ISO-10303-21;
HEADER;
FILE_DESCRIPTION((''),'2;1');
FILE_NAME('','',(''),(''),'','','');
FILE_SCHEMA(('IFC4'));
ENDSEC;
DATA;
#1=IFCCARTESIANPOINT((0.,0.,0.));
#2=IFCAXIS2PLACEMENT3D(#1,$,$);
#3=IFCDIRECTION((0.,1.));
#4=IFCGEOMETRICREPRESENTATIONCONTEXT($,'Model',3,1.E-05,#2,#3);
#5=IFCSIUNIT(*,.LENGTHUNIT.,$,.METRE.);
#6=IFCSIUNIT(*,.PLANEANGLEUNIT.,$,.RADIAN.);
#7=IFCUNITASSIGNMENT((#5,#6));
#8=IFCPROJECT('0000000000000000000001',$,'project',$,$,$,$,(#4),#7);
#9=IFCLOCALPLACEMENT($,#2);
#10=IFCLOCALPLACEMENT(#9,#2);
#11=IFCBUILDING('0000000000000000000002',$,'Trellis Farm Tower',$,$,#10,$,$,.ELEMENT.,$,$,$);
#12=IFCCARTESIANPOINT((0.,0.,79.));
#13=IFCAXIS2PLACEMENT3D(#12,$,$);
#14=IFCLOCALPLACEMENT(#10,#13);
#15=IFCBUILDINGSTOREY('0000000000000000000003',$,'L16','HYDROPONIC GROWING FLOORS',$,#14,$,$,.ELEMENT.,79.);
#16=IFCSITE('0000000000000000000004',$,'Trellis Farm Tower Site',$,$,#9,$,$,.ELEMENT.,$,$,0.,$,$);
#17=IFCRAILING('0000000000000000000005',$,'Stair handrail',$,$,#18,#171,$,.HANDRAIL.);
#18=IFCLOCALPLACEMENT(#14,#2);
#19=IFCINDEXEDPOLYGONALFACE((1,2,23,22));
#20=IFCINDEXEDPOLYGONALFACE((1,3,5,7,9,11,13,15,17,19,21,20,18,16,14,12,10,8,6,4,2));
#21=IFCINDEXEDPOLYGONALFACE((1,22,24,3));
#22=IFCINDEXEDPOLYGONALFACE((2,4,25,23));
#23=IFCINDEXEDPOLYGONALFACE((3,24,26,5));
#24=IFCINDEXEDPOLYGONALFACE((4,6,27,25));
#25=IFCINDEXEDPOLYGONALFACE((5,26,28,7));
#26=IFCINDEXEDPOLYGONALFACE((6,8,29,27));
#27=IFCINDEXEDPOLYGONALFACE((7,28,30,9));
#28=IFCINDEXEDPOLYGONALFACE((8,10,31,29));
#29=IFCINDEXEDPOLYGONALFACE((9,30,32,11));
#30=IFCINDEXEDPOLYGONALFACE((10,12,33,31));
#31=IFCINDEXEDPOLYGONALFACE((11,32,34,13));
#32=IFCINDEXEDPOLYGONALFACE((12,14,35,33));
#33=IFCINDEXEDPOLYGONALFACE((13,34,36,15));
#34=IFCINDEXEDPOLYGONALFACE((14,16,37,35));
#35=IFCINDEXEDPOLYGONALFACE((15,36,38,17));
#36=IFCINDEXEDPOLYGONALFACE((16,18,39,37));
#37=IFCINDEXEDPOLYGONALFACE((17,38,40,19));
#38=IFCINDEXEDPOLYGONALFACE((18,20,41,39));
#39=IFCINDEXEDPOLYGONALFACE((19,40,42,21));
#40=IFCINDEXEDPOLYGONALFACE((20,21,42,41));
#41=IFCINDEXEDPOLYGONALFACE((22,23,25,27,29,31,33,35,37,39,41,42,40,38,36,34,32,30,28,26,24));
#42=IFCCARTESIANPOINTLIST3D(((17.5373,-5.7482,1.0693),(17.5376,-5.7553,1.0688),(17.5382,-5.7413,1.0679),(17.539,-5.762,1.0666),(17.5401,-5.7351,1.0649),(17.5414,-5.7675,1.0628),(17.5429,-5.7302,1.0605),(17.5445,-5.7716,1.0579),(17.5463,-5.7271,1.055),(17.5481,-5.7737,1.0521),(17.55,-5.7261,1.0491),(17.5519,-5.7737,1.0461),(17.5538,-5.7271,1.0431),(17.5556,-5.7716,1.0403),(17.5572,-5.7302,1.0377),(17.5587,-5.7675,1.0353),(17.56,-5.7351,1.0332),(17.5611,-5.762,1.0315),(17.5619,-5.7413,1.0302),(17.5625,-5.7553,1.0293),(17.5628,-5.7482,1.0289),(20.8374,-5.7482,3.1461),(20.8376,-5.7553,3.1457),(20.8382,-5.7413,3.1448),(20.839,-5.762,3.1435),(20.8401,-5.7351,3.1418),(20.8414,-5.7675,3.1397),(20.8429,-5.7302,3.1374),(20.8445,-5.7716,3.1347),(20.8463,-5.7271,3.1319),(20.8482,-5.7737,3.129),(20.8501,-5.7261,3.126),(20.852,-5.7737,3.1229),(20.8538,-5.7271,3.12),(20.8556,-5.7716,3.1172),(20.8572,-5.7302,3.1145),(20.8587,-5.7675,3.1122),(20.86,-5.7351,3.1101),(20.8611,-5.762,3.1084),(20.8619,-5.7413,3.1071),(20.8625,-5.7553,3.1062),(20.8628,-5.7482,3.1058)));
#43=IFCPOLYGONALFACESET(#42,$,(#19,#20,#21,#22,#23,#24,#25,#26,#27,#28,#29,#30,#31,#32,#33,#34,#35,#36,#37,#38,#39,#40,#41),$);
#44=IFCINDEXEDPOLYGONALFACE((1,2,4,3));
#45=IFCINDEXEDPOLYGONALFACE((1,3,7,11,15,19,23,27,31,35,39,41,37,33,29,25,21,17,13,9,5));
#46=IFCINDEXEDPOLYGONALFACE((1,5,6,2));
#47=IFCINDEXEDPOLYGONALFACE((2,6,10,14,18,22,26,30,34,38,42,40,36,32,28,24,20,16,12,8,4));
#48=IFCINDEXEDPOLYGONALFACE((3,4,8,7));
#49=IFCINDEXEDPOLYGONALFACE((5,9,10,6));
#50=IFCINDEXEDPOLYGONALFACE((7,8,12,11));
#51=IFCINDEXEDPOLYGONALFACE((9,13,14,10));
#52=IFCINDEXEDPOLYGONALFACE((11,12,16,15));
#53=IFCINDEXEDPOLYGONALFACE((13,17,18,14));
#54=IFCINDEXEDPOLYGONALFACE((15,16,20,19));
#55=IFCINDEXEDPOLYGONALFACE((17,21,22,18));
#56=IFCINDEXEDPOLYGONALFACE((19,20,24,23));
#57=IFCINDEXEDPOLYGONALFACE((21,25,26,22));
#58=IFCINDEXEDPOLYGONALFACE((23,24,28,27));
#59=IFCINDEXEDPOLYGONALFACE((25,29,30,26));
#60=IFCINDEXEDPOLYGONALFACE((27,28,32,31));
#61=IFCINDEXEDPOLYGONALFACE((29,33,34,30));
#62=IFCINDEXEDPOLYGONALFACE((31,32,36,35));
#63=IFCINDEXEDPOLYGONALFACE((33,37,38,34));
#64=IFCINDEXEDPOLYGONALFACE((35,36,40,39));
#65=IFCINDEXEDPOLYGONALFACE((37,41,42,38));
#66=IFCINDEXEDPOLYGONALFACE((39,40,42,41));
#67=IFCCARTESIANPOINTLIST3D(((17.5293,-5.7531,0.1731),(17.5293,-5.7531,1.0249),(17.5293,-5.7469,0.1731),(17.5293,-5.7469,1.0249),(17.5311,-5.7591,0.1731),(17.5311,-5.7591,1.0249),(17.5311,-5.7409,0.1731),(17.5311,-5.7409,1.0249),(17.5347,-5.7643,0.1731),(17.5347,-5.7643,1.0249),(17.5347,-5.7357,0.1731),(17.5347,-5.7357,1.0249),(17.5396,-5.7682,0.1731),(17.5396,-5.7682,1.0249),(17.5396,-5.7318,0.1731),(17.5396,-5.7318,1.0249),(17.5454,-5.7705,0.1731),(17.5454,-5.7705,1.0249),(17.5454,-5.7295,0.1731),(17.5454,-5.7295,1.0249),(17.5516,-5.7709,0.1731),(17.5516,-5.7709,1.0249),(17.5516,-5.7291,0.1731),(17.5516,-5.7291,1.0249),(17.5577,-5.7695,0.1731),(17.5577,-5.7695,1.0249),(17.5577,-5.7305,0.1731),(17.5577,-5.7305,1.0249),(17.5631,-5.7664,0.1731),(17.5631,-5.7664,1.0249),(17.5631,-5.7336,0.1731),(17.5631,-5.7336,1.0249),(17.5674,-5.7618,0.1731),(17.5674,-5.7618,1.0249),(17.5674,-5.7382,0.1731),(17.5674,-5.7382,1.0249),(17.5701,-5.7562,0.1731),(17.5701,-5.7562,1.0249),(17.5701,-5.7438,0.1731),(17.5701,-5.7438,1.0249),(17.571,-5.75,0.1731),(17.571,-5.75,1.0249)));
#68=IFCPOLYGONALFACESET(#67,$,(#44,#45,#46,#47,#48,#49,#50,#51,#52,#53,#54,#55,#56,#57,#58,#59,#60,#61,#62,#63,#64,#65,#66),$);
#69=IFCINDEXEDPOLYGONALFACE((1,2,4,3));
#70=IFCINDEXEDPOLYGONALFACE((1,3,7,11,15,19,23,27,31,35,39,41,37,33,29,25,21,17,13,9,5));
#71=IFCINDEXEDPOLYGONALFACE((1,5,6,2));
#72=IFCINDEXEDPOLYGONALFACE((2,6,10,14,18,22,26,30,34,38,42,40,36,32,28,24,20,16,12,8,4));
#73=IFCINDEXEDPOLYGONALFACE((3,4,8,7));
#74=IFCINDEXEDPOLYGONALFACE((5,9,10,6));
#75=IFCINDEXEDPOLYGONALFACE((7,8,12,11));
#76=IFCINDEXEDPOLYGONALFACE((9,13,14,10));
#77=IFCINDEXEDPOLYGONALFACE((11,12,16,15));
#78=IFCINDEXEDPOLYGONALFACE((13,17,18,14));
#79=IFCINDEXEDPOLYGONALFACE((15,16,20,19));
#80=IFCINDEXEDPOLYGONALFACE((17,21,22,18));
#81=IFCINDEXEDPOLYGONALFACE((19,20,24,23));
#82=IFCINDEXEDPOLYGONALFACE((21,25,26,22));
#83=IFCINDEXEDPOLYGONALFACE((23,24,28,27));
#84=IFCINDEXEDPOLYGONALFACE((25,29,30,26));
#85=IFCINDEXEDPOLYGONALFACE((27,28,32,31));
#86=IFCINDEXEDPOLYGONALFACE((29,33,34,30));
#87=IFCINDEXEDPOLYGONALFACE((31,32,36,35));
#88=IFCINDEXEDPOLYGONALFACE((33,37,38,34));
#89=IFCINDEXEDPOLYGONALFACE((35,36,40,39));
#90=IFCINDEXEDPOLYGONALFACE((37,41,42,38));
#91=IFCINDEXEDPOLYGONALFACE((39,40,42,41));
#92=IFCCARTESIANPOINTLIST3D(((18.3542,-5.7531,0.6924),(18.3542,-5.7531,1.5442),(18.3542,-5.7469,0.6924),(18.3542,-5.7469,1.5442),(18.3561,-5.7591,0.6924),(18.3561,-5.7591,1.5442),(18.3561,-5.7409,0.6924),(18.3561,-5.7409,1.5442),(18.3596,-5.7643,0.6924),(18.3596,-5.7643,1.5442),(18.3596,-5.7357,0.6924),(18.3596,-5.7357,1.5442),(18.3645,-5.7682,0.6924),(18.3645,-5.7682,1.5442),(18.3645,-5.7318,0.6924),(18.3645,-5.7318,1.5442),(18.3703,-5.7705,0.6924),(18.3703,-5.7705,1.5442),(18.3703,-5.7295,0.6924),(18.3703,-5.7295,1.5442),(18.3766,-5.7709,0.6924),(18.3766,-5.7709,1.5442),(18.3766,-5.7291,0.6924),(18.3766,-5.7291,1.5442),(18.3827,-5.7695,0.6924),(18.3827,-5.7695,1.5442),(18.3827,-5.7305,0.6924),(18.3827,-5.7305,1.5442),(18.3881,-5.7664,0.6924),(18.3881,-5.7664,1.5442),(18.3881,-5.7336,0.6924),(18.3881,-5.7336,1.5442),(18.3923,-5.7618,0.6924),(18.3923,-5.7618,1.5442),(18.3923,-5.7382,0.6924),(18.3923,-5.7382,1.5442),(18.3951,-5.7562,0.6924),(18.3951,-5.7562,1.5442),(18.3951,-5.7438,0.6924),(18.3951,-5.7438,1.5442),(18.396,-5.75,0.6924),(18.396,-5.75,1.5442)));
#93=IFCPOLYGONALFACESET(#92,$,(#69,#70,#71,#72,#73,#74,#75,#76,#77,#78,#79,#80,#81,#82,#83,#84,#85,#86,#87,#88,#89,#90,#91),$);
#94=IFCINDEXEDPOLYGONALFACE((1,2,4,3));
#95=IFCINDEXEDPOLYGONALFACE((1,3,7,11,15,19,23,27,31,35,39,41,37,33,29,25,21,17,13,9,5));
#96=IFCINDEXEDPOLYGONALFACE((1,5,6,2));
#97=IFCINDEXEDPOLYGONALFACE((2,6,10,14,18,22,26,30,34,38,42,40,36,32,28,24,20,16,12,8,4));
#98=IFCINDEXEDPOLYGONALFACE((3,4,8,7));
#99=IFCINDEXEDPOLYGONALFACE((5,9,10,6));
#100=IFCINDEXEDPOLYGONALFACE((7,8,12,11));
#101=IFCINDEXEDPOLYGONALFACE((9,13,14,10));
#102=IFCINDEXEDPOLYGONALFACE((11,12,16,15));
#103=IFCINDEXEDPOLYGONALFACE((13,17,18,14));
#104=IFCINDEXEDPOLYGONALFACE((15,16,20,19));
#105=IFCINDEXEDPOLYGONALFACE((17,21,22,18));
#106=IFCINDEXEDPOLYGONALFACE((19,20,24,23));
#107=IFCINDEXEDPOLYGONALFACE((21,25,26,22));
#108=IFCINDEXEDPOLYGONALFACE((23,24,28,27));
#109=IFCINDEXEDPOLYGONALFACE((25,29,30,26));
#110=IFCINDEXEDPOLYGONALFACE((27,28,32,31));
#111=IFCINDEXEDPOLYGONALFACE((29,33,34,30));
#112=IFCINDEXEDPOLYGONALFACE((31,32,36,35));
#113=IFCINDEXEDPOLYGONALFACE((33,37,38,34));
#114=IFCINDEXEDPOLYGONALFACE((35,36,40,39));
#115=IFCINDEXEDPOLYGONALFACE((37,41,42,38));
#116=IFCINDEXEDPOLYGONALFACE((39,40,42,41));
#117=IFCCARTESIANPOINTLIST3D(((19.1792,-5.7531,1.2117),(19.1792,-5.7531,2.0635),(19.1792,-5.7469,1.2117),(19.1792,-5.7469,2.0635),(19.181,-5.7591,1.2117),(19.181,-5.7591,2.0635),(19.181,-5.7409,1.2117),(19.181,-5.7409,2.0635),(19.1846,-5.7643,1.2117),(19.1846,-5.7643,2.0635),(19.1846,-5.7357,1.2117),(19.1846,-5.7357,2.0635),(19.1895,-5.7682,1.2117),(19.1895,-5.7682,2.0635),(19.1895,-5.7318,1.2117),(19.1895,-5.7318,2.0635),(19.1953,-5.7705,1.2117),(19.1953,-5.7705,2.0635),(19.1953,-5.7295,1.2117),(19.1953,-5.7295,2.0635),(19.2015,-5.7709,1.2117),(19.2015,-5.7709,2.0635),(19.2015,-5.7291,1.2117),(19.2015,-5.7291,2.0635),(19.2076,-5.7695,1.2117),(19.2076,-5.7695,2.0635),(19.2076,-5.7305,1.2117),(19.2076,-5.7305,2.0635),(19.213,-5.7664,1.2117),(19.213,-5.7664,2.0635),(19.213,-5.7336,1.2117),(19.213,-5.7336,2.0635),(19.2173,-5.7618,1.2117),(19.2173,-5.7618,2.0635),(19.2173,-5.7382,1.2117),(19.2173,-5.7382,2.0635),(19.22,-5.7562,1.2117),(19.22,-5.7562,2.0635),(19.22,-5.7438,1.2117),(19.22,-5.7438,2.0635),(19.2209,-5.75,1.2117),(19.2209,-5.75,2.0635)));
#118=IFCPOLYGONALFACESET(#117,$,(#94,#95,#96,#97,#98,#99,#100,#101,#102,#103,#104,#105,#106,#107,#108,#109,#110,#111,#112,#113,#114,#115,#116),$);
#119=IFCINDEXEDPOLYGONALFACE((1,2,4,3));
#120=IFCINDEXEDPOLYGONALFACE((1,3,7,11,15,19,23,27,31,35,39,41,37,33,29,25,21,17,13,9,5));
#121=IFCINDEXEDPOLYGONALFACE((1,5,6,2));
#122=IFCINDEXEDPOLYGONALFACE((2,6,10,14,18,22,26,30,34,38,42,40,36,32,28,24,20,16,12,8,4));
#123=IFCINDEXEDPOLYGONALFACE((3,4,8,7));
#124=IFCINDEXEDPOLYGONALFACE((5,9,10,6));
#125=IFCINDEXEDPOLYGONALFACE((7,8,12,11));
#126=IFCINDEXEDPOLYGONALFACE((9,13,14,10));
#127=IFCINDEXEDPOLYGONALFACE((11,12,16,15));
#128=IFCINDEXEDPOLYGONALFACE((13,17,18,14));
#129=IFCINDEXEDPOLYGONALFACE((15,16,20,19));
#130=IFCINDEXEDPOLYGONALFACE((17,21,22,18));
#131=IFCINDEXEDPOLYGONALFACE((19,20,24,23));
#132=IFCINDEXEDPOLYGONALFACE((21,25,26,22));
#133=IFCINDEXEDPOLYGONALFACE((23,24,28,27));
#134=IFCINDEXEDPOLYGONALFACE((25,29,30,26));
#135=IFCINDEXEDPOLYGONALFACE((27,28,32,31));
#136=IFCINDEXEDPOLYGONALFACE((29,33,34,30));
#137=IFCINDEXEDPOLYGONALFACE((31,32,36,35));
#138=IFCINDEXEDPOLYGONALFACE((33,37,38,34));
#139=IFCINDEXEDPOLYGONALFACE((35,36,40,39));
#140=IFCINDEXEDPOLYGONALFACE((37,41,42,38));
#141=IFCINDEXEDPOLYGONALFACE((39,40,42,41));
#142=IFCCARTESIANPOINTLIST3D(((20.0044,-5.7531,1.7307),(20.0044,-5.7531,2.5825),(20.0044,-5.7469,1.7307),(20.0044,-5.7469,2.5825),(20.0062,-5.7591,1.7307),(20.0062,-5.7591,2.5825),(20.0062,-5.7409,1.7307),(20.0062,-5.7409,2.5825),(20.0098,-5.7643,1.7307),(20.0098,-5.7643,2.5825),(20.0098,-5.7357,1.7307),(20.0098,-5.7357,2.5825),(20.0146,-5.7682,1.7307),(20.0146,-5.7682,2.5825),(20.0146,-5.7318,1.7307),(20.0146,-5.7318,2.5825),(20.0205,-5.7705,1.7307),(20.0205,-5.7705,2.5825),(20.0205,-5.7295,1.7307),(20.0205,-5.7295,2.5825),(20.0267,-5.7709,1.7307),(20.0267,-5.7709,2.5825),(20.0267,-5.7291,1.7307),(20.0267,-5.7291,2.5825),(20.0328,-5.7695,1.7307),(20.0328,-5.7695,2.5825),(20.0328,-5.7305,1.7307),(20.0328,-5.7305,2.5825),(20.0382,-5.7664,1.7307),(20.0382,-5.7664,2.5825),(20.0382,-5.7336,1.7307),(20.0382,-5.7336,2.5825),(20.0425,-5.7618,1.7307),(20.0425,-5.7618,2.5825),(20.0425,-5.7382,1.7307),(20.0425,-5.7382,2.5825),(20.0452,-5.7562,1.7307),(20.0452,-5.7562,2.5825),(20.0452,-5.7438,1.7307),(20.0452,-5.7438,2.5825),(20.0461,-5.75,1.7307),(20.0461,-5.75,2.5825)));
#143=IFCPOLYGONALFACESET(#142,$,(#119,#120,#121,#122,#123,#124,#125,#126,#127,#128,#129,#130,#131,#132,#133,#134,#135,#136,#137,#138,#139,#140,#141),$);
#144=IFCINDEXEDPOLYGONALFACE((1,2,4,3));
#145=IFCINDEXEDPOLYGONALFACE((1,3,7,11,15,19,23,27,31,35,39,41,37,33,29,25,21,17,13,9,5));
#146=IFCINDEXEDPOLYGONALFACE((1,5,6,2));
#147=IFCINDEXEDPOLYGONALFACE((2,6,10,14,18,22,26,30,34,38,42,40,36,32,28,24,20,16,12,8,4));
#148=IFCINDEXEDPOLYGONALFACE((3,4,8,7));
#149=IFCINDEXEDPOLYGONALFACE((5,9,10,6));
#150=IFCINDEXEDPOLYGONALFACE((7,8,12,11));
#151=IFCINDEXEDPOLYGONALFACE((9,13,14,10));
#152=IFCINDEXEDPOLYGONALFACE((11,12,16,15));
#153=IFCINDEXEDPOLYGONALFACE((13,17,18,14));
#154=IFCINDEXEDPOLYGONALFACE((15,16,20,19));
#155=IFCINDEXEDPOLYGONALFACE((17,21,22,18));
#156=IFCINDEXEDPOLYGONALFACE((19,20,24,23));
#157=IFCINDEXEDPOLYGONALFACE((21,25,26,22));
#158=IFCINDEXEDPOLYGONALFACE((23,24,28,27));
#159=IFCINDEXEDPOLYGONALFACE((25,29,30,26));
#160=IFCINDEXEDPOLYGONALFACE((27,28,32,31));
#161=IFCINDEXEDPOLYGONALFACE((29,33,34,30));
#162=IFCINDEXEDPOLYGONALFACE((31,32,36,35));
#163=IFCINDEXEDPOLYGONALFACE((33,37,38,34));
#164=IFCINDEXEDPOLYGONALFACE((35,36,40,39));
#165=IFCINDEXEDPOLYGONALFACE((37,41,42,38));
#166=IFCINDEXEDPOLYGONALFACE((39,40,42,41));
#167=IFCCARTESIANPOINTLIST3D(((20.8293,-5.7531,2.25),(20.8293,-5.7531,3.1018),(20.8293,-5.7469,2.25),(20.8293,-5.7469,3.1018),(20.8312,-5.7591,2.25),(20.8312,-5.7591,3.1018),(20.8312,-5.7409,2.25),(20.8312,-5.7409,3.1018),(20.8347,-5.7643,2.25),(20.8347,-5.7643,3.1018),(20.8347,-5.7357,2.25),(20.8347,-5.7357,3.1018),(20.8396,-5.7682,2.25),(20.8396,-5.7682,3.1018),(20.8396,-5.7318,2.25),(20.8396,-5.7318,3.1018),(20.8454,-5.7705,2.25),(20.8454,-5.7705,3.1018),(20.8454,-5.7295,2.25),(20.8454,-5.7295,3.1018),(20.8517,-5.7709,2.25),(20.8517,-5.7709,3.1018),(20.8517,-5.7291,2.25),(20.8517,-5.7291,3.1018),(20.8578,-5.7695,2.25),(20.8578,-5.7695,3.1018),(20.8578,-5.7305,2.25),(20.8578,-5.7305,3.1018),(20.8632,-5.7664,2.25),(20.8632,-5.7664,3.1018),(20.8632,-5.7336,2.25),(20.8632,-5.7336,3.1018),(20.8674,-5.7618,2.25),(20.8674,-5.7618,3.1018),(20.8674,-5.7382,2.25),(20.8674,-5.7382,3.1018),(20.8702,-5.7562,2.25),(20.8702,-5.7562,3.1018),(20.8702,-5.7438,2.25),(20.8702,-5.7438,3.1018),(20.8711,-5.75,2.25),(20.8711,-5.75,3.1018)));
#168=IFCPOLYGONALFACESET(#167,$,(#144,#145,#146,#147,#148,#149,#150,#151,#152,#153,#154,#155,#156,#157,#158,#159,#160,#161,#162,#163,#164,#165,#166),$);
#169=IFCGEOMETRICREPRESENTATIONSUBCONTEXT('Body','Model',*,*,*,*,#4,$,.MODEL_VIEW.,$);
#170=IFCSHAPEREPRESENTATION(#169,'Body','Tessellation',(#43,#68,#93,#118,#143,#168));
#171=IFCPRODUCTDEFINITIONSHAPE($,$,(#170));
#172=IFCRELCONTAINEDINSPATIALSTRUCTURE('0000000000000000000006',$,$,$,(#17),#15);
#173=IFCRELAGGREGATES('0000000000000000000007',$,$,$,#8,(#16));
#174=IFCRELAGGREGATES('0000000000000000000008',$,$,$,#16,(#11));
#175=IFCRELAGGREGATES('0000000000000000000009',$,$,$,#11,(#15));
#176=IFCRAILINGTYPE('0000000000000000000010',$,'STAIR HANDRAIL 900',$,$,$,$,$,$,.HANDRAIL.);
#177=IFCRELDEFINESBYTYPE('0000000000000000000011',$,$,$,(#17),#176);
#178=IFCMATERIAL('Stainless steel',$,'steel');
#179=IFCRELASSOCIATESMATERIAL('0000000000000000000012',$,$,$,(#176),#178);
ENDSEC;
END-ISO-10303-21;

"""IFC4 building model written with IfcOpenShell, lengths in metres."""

from ifc_helpers import new_model, si_unit, direction, frame, origin, origin_2d, place, context, subcontext, project, spatial, circle, extrude, source, transform, mapped, material, type_object, element, save


model = new_model("IFC4")

# Units and contexts
model_context = context("Model", 3, precision=1e-05, world=origin(), true_north=direction((0.0, 1.0)))
body_context = subcontext(model_context, "Body", "Model", "MODEL_VIEW")
ifc_project = project(units=[si_unit("LENGTHUNIT", "METRE"), si_unit("PLANEANGLEUNIT", "RADIAN")], contexts=[model_context])

# Site, building, storey
site_placement = place(None, origin())
site = spatial("IfcSite", under=ifc_project, at=site_placement, Name="Trellis Farm Tower Site", CompositionType="ELEMENT", RefElevation=0.0)
building_placement = place(site_placement, origin())
building = spatial("IfcBuilding", under=site, at=building_placement, Name="Trellis Farm Tower", CompositionType="ELEMENT")
storey_placement = place(building_placement, frame((0.0, 0.0, 79.0)))
storey = spatial("IfcBuildingStorey", under=building, at=storey_placement, Name="L16", Description="HYDROPONIC GROWING FLOORS", CompositionType="ELEMENT", Elevation=79.0)

# Railing
ifc_material_1 = material(Name="Stainless steel", Category="steel")
railing_type = type_object("IfcRailingType", Name="STAIR HANDRAIL 900", PredefinedType="HANDRAIL", material=ifc_material_1)
shared_shape_1 = source(origin(), body_context, "Body", "SweptSolid", [
    extrude(circle(Radius=0.0239, at=origin_2d()), frame((0.0, 0.0, 0.876), z_axis=(0.846337, 0.0, 0.532647), x_axis=(0.0, 1.0, 0.0)), (0.0, 0.0, 1.0), 3.8992),
    extrude(circle(Radius=0.021, at=origin_2d()), origin(), (0.0, 0.0, 1.0), 0.8518),
    extrude(circle(Radius=0.021, at=origin_2d()), frame((0.825, 0.0, 0.5193)), (0.0, 0.0, 1.0), 0.8518),
    extrude(circle(Radius=0.021, at=origin_2d()), frame((1.6499, 0.0, 1.0386)), (0.0, 0.0, 1.0), 0.8518),
    extrude(circle(Radius=0.021, at=origin_2d()), frame((2.4751, 0.0, 1.5576)), (0.0, 0.0, 1.0), 0.8518),
    extrude(circle(Radius=0.021, at=origin_2d()), frame((3.3, 0.0, 2.0769)), (0.0, 0.0, 1.0), 0.8518),
])
railing_placement = place(storey_placement, frame((17.55, -5.75, 0.1731)))
element("IfcRailing", 1, at=railing_placement, inside=storey, type_object=railing_type, Name="Stair handrail", PredefinedType="HANDRAIL", context=body_context, shape_type="MappedRepresentation", body=[
    mapped(shared_shape_1, transform((0.0, 0.0, 0.0))),
])

save(model, "model.ifc")
